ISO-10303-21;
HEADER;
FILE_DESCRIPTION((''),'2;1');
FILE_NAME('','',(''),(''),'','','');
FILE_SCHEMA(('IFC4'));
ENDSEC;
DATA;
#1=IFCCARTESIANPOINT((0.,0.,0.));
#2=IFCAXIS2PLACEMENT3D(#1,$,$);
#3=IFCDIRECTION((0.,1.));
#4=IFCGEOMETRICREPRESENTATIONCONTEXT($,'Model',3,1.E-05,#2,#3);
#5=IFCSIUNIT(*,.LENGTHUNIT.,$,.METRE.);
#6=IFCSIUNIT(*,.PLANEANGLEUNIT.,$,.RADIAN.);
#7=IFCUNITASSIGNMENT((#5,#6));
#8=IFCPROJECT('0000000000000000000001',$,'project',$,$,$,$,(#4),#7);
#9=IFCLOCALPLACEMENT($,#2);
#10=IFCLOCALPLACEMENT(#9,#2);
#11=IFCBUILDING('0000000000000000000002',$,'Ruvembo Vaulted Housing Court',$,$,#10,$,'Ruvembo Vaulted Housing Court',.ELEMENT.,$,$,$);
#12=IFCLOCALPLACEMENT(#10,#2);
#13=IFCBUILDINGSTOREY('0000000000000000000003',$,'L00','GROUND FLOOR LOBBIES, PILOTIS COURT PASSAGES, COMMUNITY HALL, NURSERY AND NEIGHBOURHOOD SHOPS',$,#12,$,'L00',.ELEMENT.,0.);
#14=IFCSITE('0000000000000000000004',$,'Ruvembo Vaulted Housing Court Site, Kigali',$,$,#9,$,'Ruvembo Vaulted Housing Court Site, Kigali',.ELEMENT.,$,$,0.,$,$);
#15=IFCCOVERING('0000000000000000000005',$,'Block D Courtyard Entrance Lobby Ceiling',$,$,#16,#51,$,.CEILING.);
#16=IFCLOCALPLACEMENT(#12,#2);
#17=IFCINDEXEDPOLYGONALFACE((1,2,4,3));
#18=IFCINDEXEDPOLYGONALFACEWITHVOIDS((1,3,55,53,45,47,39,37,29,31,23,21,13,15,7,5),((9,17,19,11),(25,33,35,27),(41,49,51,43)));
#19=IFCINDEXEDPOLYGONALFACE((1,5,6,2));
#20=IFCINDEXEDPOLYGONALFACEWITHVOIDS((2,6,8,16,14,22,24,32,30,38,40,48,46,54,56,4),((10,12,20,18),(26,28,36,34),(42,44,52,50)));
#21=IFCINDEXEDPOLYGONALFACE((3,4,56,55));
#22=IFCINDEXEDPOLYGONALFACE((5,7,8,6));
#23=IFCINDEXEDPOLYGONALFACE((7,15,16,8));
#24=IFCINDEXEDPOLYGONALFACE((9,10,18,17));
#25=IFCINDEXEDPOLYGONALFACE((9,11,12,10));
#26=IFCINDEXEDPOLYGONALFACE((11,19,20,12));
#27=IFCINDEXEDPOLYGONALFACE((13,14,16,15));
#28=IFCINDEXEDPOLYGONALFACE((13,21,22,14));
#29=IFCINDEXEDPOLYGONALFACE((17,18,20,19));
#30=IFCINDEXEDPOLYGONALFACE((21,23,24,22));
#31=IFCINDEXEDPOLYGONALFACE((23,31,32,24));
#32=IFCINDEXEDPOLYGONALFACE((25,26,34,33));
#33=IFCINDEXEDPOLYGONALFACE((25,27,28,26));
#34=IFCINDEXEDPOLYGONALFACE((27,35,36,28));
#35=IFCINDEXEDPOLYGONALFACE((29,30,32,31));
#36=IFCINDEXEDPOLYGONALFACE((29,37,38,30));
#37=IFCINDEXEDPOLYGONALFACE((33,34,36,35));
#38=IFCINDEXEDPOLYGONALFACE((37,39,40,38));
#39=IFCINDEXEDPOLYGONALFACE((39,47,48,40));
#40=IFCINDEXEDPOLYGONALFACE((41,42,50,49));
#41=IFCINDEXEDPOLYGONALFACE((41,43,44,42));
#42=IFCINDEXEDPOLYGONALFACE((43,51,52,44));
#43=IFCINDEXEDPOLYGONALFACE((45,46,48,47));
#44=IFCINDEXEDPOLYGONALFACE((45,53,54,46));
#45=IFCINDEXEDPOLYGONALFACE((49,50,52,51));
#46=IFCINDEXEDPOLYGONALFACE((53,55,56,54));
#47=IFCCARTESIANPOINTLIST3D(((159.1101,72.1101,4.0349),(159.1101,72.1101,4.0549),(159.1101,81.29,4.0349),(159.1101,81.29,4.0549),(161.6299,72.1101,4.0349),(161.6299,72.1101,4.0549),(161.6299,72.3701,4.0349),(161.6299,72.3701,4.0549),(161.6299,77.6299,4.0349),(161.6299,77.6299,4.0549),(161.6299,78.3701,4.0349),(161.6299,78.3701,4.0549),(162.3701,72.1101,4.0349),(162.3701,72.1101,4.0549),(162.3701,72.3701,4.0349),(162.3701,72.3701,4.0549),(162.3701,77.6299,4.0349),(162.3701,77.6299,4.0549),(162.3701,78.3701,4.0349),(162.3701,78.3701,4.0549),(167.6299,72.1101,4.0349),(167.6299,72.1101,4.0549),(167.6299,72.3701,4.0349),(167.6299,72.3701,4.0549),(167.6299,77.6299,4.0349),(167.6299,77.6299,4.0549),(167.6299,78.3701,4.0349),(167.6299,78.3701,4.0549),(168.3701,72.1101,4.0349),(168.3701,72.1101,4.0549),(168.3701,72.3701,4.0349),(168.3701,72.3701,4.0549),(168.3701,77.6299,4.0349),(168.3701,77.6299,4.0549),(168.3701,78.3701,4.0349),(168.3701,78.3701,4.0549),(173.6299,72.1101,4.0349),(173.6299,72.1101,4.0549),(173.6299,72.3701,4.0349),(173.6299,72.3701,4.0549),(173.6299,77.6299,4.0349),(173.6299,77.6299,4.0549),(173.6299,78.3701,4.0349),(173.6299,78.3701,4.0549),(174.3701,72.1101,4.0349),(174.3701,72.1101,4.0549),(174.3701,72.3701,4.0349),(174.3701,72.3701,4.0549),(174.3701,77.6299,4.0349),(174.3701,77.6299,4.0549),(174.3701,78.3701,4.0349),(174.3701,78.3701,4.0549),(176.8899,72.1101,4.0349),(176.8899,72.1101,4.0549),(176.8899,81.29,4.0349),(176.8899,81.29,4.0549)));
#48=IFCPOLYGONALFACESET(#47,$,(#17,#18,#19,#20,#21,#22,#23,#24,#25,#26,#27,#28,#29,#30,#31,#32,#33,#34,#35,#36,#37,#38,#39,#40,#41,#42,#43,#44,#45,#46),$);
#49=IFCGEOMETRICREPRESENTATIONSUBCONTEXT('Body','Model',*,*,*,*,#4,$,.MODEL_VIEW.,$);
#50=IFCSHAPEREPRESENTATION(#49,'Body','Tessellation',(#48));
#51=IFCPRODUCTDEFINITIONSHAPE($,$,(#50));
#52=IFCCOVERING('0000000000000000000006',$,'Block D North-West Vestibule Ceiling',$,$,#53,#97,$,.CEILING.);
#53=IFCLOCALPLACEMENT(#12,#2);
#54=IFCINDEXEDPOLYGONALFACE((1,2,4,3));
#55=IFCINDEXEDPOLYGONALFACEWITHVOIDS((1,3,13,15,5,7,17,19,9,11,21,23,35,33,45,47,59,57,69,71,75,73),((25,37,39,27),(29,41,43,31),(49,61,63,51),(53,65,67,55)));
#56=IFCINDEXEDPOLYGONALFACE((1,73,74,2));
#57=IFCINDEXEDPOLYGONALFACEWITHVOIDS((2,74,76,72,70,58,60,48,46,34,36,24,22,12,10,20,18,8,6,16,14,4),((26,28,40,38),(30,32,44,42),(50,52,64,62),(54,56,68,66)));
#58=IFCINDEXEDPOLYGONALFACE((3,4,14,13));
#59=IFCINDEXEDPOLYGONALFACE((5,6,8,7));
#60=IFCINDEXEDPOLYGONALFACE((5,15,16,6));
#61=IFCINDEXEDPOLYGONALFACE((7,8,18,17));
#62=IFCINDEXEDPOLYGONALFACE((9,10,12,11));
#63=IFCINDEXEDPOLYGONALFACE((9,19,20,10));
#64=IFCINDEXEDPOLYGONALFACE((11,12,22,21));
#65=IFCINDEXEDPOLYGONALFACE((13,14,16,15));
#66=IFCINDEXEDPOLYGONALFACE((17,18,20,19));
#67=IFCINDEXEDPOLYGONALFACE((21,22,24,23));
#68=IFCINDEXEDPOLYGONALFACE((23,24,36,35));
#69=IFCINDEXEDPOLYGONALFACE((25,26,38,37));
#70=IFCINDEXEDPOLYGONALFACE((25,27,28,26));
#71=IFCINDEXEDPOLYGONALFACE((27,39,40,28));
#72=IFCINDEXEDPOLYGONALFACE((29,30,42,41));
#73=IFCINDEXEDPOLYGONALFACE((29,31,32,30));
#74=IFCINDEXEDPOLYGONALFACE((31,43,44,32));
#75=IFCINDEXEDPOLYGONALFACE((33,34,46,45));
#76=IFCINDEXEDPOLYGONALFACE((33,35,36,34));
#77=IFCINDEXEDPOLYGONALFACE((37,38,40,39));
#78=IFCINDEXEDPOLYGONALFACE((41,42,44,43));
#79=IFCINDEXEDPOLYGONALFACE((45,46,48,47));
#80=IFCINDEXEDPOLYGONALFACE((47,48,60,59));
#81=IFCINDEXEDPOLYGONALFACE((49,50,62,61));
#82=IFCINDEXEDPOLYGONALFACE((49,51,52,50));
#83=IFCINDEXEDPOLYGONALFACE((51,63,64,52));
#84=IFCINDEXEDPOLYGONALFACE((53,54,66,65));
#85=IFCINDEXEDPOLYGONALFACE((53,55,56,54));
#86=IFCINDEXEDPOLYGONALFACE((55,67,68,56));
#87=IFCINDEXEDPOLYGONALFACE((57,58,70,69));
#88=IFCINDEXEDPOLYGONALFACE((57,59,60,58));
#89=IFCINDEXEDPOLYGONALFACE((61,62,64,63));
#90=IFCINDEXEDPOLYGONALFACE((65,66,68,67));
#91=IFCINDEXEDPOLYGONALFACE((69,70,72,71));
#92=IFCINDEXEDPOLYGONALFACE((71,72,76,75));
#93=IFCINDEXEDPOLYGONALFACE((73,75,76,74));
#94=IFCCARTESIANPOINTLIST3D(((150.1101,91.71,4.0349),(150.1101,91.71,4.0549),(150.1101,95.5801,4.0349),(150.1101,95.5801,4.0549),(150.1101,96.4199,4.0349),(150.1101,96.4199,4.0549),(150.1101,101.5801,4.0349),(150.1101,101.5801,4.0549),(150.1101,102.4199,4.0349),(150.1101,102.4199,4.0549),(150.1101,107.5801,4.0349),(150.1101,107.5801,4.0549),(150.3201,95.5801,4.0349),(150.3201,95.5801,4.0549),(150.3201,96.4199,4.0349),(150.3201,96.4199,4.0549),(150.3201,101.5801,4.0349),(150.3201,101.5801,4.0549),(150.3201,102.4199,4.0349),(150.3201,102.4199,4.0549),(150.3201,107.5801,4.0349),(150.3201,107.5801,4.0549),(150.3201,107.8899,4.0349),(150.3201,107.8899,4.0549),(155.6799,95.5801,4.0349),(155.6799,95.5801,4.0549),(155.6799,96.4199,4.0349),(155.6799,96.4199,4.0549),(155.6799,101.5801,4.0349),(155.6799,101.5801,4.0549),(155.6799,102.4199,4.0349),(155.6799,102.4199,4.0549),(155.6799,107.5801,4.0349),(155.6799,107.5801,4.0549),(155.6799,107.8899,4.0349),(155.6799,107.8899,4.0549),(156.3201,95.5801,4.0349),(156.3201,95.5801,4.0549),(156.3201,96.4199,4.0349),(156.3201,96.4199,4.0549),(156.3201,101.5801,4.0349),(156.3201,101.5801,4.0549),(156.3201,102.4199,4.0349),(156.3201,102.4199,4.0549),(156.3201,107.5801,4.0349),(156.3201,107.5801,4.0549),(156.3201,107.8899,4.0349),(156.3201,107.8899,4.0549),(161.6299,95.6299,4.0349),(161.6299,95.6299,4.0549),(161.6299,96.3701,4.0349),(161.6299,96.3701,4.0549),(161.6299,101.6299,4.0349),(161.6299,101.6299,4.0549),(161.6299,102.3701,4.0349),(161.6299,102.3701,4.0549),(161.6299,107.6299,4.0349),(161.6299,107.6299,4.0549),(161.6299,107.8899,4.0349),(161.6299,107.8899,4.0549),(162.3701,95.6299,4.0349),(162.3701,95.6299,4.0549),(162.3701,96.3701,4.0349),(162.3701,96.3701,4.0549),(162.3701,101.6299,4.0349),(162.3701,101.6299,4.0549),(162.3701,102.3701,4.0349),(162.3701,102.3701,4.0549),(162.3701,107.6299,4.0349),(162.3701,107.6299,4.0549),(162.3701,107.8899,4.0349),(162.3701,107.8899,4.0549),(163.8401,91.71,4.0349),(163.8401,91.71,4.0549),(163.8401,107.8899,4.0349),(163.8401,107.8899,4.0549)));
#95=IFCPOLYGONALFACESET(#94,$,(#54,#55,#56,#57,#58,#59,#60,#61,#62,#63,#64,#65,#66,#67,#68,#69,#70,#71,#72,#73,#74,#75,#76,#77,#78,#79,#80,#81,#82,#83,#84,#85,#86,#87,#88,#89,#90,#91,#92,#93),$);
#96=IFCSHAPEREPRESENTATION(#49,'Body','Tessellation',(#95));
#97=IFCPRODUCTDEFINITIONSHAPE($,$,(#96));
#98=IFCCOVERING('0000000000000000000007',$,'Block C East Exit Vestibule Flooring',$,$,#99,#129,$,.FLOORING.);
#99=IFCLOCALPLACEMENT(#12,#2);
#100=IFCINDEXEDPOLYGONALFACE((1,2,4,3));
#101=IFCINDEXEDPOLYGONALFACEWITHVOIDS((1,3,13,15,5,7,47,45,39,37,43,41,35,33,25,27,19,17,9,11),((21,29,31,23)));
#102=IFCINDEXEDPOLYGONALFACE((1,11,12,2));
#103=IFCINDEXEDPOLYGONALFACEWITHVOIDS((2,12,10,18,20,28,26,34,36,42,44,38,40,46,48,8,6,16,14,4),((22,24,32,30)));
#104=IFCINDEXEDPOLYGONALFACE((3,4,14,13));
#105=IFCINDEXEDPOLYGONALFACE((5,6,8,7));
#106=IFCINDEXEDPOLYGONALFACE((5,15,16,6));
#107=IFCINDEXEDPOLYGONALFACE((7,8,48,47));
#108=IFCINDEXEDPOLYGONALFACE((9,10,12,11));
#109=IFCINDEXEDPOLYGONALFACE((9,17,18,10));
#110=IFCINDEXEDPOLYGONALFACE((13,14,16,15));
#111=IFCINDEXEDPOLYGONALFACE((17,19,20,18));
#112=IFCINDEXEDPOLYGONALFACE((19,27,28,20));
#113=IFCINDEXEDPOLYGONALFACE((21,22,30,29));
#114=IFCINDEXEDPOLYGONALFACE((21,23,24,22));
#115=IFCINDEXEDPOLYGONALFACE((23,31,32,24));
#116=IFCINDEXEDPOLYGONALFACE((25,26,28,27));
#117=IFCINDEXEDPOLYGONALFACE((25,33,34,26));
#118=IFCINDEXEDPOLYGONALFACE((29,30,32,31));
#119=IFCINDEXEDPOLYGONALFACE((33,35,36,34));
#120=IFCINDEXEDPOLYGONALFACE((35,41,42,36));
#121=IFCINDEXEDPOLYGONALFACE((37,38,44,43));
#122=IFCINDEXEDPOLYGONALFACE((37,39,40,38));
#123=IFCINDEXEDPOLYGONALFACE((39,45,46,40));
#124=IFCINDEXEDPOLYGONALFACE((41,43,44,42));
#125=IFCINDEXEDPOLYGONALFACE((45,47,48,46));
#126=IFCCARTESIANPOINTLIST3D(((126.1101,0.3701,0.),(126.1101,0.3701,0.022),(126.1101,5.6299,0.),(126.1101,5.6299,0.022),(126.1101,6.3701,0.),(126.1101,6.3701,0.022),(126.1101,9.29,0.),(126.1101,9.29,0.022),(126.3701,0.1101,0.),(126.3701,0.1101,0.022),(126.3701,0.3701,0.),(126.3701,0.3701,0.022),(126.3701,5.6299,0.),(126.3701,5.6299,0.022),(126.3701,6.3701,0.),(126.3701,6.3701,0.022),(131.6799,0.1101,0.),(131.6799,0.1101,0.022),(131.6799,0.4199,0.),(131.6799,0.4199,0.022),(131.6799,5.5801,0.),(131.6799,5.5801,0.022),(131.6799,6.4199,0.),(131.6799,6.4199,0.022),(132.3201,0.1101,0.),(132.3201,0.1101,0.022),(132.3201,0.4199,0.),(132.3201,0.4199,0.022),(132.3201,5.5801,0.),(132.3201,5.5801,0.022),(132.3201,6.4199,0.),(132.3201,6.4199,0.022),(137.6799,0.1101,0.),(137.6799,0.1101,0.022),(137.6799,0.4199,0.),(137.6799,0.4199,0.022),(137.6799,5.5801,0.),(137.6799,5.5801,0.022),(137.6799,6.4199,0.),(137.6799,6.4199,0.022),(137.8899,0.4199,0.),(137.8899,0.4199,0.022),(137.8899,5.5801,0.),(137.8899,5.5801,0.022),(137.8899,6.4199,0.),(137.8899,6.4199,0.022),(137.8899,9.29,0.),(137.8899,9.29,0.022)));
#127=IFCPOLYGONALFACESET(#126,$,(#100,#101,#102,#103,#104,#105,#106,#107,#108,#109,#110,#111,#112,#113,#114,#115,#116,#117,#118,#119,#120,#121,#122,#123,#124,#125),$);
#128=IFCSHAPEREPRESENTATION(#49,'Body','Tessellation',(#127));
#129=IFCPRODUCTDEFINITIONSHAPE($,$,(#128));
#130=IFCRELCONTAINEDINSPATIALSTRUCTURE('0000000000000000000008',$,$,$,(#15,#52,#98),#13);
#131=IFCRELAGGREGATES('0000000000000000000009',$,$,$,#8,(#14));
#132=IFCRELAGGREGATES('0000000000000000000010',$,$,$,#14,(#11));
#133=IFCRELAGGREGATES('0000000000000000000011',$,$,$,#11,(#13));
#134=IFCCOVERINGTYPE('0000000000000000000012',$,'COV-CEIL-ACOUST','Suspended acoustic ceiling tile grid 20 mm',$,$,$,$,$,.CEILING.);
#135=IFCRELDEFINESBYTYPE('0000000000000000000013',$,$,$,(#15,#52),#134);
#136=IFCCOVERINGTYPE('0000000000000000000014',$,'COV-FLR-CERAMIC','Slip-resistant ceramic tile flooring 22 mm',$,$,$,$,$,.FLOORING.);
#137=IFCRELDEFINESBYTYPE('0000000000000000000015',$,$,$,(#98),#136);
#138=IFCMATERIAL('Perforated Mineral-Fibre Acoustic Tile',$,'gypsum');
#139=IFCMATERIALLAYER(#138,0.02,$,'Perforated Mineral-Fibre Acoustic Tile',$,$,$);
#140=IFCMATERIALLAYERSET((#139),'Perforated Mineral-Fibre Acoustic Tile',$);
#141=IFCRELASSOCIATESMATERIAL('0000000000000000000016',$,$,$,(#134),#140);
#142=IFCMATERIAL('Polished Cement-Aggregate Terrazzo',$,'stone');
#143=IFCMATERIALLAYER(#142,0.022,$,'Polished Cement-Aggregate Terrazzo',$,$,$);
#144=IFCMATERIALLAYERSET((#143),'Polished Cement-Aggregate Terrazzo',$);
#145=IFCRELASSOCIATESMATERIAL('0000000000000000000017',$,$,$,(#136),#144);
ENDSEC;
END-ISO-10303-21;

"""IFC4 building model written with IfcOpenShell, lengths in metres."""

from ifc_helpers import new_model, si_unit, direction, frame, origin, place, context, subcontext, project, spatial, polyline, outline, extrude, material, layer, layer_set, type_object, element, save


model = new_model("IFC4")

# Units and contexts
model_context = context("Model", 3, precision=1e-05, world=origin(), true_north=direction((0.0, 1.0)))
body_context = subcontext(model_context, "Body", "Model", "MODEL_VIEW")
ifc_project = project(units=[si_unit("LENGTHUNIT", "METRE"), si_unit("PLANEANGLEUNIT", "RADIAN")], contexts=[model_context])

# Site, building, storey
site_placement = place(None, origin())
site = spatial("IfcSite", under=ifc_project, at=site_placement, Name="Ruvembo Vaulted Housing Court Site, Kigali", LongName="Ruvembo Vaulted Housing Court Site, Kigali", CompositionType="ELEMENT", RefElevation=0.0)
building_placement = place(site_placement, origin())
building = spatial("IfcBuilding", under=site, at=building_placement, Name="Ruvembo Vaulted Housing Court", LongName="Ruvembo Vaulted Housing Court", CompositionType="ELEMENT")
storey_placement = place(building_placement, origin())
storey = spatial("IfcBuildingStorey", under=building, at=storey_placement, Name="L00", Description="GROUND FLOOR LOBBIES, PILOTIS COURT PASSAGES, COMMUNITY HALL, NURSERY AND NEIGHBOURHOOD SHOPS", LongName="L00", CompositionType="ELEMENT", Elevation=0.0)

# Coverings
ifc_material_1 = material(Name="Perforated Mineral-Fibre Acoustic Tile", Category="gypsum")
ifc_layer_1 = layer(ifc_material_1, 0.02, Name="Perforated Mineral-Fibre Acoustic Tile")
ifc_layer_set_1 = layer_set([ifc_layer_1], Name="Perforated Mineral-Fibre Acoustic Tile")
covering_type_1 = type_object("IfcCoveringType", Name="COV-CEIL-ACOUST", Description="Suspended acoustic ceiling tile grid 20 mm", PredefinedType="CEILING", material=ifc_layer_set_1)
covering_1_placement = place(storey_placement, frame((0.0, 0.0, 4.0349)))
element("IfcCovering", 1, at=covering_1_placement, inside=storey, type_object=covering_type_1, Name="Block D Courtyard Entrance Lobby Ceiling", PredefinedType="CEILING", context=body_context, shape_type="SweptSolid", body=[
    extrude(outline(polyline([(173.6299, 72.3701), (174.3701, 72.3701), (174.3701, 72.1101), (176.8899, 72.1101), (176.8899, 81.29), (159.1101, 81.29), (159.1101, 72.1101), (161.6299, 72.1101), (161.6299, 72.3701), (162.3701, 72.3701), (162.3701, 72.1101), (167.6299, 72.1101), (167.6299, 72.3701), (168.3701, 72.3701), (168.3701, 72.1101), (173.6299, 72.1101), (173.6299, 72.3701)]), holes=[polyline([(162.3701, 77.6299), (162.3701, 78.3701), (161.6299, 78.3701), (161.6299, 77.6299), (162.3701, 77.6299)]), polyline([(174.3701, 77.6299), (174.3701, 78.3701), (173.6299, 78.3701), (173.6299, 77.6299), (174.3701, 77.6299)]), polyline([(168.3701, 77.6299), (168.3701, 78.3701), (167.6299, 78.3701), (167.6299, 77.6299), (168.3701, 77.6299)])]), origin(), (0.0, 0.0, 1.0), 0.02),
])
covering_2_placement = place(storey_placement, frame((0.0, 0.0, 4.0349)))
element("IfcCovering", 2, at=covering_2_placement, inside=storey, type_object=covering_type_1, Name="Block D North-West Vestibule Ceiling", PredefinedType="CEILING", context=body_context, shape_type="SweptSolid", body=[
    extrude(outline(polyline([(150.3201, 96.4199), (150.3201, 95.5801), (150.1101, 95.5801), (150.1101, 91.71), (163.8401, 91.71), (163.8401, 107.8899), (162.3701, 107.8899), (162.3701, 107.6299), (161.6299, 107.6299), (161.6299, 107.8899), (156.3201, 107.8899), (156.3201, 107.5801), (155.6799, 107.5801), (155.6799, 107.8899), (150.3201, 107.8899), (150.3201, 107.5801), (150.1101, 107.5801), (150.1101, 102.4199), (150.3201, 102.4199), (150.3201, 101.5801), (150.1101, 101.5801), (150.1101, 96.4199), (150.3201, 96.4199)]), holes=[polyline([(155.6799, 95.5801), (156.3201, 95.5801), (156.3201, 96.4199), (155.6799, 96.4199), (155.6799, 95.5801)]), polyline([(161.6299, 95.6299), (162.3701, 95.6299), (162.3701, 96.3701), (161.6299, 96.3701), (161.6299, 95.6299)]), polyline([(155.6799, 101.5801), (156.3201, 101.5801), (156.3201, 102.4199), (155.6799, 102.4199), (155.6799, 101.5801)]), polyline([(162.3701, 101.6299), (162.3701, 102.3701), (161.6299, 102.3701), (161.6299, 101.6299), (162.3701, 101.6299)])]), origin(), (0.0, 0.0, 1.0), 0.02),
])
ifc_material_2 = material(Name="Polished Cement-Aggregate Terrazzo", Category="stone")
ifc_layer_2 = layer(ifc_material_2, 0.022, Name="Polished Cement-Aggregate Terrazzo")
ifc_layer_set_2 = layer_set([ifc_layer_2], Name="Polished Cement-Aggregate Terrazzo")
covering_type_2 = type_object("IfcCoveringType", Name="COV-FLR-CERAMIC", Description="Slip-resistant ceramic tile flooring 22 mm", PredefinedType="FLOORING", material=ifc_layer_set_2)
covering_3_placement = place(storey_placement, origin())
element("IfcCovering", 3, at=covering_3_placement, inside=storey, type_object=covering_type_2, Name="Block C East Exit Vestibule Flooring", PredefinedType="FLOORING", context=body_context, shape_type="SweptSolid", body=[
    extrude(outline(polyline([(131.6799, 0.4199), (132.3201, 0.4199), (132.3201, 0.1101), (137.6799, 0.1101), (137.6799, 0.4199), (137.8899, 0.4199), (137.8899, 5.5801), (137.6799, 5.5801), (137.6799, 6.4199), (137.8899, 6.4199), (137.8899, 9.29), (126.1101, 9.29), (126.1101, 6.3701), (126.3701, 6.3701), (126.3701, 5.6299), (126.1101, 5.6299), (126.1101, 0.3701), (126.3701, 0.3701), (126.3701, 0.1101), (131.6799, 0.1101), (131.6799, 0.4199)]), holes=[polyline([(132.3201, 5.5801), (132.3201, 6.4199), (131.6799, 6.4199), (131.6799, 5.5801), (132.3201, 5.5801)])]), origin(), (0.0, 0.0, 1.0), 0.022),
])

save(model, "model.ifc")
